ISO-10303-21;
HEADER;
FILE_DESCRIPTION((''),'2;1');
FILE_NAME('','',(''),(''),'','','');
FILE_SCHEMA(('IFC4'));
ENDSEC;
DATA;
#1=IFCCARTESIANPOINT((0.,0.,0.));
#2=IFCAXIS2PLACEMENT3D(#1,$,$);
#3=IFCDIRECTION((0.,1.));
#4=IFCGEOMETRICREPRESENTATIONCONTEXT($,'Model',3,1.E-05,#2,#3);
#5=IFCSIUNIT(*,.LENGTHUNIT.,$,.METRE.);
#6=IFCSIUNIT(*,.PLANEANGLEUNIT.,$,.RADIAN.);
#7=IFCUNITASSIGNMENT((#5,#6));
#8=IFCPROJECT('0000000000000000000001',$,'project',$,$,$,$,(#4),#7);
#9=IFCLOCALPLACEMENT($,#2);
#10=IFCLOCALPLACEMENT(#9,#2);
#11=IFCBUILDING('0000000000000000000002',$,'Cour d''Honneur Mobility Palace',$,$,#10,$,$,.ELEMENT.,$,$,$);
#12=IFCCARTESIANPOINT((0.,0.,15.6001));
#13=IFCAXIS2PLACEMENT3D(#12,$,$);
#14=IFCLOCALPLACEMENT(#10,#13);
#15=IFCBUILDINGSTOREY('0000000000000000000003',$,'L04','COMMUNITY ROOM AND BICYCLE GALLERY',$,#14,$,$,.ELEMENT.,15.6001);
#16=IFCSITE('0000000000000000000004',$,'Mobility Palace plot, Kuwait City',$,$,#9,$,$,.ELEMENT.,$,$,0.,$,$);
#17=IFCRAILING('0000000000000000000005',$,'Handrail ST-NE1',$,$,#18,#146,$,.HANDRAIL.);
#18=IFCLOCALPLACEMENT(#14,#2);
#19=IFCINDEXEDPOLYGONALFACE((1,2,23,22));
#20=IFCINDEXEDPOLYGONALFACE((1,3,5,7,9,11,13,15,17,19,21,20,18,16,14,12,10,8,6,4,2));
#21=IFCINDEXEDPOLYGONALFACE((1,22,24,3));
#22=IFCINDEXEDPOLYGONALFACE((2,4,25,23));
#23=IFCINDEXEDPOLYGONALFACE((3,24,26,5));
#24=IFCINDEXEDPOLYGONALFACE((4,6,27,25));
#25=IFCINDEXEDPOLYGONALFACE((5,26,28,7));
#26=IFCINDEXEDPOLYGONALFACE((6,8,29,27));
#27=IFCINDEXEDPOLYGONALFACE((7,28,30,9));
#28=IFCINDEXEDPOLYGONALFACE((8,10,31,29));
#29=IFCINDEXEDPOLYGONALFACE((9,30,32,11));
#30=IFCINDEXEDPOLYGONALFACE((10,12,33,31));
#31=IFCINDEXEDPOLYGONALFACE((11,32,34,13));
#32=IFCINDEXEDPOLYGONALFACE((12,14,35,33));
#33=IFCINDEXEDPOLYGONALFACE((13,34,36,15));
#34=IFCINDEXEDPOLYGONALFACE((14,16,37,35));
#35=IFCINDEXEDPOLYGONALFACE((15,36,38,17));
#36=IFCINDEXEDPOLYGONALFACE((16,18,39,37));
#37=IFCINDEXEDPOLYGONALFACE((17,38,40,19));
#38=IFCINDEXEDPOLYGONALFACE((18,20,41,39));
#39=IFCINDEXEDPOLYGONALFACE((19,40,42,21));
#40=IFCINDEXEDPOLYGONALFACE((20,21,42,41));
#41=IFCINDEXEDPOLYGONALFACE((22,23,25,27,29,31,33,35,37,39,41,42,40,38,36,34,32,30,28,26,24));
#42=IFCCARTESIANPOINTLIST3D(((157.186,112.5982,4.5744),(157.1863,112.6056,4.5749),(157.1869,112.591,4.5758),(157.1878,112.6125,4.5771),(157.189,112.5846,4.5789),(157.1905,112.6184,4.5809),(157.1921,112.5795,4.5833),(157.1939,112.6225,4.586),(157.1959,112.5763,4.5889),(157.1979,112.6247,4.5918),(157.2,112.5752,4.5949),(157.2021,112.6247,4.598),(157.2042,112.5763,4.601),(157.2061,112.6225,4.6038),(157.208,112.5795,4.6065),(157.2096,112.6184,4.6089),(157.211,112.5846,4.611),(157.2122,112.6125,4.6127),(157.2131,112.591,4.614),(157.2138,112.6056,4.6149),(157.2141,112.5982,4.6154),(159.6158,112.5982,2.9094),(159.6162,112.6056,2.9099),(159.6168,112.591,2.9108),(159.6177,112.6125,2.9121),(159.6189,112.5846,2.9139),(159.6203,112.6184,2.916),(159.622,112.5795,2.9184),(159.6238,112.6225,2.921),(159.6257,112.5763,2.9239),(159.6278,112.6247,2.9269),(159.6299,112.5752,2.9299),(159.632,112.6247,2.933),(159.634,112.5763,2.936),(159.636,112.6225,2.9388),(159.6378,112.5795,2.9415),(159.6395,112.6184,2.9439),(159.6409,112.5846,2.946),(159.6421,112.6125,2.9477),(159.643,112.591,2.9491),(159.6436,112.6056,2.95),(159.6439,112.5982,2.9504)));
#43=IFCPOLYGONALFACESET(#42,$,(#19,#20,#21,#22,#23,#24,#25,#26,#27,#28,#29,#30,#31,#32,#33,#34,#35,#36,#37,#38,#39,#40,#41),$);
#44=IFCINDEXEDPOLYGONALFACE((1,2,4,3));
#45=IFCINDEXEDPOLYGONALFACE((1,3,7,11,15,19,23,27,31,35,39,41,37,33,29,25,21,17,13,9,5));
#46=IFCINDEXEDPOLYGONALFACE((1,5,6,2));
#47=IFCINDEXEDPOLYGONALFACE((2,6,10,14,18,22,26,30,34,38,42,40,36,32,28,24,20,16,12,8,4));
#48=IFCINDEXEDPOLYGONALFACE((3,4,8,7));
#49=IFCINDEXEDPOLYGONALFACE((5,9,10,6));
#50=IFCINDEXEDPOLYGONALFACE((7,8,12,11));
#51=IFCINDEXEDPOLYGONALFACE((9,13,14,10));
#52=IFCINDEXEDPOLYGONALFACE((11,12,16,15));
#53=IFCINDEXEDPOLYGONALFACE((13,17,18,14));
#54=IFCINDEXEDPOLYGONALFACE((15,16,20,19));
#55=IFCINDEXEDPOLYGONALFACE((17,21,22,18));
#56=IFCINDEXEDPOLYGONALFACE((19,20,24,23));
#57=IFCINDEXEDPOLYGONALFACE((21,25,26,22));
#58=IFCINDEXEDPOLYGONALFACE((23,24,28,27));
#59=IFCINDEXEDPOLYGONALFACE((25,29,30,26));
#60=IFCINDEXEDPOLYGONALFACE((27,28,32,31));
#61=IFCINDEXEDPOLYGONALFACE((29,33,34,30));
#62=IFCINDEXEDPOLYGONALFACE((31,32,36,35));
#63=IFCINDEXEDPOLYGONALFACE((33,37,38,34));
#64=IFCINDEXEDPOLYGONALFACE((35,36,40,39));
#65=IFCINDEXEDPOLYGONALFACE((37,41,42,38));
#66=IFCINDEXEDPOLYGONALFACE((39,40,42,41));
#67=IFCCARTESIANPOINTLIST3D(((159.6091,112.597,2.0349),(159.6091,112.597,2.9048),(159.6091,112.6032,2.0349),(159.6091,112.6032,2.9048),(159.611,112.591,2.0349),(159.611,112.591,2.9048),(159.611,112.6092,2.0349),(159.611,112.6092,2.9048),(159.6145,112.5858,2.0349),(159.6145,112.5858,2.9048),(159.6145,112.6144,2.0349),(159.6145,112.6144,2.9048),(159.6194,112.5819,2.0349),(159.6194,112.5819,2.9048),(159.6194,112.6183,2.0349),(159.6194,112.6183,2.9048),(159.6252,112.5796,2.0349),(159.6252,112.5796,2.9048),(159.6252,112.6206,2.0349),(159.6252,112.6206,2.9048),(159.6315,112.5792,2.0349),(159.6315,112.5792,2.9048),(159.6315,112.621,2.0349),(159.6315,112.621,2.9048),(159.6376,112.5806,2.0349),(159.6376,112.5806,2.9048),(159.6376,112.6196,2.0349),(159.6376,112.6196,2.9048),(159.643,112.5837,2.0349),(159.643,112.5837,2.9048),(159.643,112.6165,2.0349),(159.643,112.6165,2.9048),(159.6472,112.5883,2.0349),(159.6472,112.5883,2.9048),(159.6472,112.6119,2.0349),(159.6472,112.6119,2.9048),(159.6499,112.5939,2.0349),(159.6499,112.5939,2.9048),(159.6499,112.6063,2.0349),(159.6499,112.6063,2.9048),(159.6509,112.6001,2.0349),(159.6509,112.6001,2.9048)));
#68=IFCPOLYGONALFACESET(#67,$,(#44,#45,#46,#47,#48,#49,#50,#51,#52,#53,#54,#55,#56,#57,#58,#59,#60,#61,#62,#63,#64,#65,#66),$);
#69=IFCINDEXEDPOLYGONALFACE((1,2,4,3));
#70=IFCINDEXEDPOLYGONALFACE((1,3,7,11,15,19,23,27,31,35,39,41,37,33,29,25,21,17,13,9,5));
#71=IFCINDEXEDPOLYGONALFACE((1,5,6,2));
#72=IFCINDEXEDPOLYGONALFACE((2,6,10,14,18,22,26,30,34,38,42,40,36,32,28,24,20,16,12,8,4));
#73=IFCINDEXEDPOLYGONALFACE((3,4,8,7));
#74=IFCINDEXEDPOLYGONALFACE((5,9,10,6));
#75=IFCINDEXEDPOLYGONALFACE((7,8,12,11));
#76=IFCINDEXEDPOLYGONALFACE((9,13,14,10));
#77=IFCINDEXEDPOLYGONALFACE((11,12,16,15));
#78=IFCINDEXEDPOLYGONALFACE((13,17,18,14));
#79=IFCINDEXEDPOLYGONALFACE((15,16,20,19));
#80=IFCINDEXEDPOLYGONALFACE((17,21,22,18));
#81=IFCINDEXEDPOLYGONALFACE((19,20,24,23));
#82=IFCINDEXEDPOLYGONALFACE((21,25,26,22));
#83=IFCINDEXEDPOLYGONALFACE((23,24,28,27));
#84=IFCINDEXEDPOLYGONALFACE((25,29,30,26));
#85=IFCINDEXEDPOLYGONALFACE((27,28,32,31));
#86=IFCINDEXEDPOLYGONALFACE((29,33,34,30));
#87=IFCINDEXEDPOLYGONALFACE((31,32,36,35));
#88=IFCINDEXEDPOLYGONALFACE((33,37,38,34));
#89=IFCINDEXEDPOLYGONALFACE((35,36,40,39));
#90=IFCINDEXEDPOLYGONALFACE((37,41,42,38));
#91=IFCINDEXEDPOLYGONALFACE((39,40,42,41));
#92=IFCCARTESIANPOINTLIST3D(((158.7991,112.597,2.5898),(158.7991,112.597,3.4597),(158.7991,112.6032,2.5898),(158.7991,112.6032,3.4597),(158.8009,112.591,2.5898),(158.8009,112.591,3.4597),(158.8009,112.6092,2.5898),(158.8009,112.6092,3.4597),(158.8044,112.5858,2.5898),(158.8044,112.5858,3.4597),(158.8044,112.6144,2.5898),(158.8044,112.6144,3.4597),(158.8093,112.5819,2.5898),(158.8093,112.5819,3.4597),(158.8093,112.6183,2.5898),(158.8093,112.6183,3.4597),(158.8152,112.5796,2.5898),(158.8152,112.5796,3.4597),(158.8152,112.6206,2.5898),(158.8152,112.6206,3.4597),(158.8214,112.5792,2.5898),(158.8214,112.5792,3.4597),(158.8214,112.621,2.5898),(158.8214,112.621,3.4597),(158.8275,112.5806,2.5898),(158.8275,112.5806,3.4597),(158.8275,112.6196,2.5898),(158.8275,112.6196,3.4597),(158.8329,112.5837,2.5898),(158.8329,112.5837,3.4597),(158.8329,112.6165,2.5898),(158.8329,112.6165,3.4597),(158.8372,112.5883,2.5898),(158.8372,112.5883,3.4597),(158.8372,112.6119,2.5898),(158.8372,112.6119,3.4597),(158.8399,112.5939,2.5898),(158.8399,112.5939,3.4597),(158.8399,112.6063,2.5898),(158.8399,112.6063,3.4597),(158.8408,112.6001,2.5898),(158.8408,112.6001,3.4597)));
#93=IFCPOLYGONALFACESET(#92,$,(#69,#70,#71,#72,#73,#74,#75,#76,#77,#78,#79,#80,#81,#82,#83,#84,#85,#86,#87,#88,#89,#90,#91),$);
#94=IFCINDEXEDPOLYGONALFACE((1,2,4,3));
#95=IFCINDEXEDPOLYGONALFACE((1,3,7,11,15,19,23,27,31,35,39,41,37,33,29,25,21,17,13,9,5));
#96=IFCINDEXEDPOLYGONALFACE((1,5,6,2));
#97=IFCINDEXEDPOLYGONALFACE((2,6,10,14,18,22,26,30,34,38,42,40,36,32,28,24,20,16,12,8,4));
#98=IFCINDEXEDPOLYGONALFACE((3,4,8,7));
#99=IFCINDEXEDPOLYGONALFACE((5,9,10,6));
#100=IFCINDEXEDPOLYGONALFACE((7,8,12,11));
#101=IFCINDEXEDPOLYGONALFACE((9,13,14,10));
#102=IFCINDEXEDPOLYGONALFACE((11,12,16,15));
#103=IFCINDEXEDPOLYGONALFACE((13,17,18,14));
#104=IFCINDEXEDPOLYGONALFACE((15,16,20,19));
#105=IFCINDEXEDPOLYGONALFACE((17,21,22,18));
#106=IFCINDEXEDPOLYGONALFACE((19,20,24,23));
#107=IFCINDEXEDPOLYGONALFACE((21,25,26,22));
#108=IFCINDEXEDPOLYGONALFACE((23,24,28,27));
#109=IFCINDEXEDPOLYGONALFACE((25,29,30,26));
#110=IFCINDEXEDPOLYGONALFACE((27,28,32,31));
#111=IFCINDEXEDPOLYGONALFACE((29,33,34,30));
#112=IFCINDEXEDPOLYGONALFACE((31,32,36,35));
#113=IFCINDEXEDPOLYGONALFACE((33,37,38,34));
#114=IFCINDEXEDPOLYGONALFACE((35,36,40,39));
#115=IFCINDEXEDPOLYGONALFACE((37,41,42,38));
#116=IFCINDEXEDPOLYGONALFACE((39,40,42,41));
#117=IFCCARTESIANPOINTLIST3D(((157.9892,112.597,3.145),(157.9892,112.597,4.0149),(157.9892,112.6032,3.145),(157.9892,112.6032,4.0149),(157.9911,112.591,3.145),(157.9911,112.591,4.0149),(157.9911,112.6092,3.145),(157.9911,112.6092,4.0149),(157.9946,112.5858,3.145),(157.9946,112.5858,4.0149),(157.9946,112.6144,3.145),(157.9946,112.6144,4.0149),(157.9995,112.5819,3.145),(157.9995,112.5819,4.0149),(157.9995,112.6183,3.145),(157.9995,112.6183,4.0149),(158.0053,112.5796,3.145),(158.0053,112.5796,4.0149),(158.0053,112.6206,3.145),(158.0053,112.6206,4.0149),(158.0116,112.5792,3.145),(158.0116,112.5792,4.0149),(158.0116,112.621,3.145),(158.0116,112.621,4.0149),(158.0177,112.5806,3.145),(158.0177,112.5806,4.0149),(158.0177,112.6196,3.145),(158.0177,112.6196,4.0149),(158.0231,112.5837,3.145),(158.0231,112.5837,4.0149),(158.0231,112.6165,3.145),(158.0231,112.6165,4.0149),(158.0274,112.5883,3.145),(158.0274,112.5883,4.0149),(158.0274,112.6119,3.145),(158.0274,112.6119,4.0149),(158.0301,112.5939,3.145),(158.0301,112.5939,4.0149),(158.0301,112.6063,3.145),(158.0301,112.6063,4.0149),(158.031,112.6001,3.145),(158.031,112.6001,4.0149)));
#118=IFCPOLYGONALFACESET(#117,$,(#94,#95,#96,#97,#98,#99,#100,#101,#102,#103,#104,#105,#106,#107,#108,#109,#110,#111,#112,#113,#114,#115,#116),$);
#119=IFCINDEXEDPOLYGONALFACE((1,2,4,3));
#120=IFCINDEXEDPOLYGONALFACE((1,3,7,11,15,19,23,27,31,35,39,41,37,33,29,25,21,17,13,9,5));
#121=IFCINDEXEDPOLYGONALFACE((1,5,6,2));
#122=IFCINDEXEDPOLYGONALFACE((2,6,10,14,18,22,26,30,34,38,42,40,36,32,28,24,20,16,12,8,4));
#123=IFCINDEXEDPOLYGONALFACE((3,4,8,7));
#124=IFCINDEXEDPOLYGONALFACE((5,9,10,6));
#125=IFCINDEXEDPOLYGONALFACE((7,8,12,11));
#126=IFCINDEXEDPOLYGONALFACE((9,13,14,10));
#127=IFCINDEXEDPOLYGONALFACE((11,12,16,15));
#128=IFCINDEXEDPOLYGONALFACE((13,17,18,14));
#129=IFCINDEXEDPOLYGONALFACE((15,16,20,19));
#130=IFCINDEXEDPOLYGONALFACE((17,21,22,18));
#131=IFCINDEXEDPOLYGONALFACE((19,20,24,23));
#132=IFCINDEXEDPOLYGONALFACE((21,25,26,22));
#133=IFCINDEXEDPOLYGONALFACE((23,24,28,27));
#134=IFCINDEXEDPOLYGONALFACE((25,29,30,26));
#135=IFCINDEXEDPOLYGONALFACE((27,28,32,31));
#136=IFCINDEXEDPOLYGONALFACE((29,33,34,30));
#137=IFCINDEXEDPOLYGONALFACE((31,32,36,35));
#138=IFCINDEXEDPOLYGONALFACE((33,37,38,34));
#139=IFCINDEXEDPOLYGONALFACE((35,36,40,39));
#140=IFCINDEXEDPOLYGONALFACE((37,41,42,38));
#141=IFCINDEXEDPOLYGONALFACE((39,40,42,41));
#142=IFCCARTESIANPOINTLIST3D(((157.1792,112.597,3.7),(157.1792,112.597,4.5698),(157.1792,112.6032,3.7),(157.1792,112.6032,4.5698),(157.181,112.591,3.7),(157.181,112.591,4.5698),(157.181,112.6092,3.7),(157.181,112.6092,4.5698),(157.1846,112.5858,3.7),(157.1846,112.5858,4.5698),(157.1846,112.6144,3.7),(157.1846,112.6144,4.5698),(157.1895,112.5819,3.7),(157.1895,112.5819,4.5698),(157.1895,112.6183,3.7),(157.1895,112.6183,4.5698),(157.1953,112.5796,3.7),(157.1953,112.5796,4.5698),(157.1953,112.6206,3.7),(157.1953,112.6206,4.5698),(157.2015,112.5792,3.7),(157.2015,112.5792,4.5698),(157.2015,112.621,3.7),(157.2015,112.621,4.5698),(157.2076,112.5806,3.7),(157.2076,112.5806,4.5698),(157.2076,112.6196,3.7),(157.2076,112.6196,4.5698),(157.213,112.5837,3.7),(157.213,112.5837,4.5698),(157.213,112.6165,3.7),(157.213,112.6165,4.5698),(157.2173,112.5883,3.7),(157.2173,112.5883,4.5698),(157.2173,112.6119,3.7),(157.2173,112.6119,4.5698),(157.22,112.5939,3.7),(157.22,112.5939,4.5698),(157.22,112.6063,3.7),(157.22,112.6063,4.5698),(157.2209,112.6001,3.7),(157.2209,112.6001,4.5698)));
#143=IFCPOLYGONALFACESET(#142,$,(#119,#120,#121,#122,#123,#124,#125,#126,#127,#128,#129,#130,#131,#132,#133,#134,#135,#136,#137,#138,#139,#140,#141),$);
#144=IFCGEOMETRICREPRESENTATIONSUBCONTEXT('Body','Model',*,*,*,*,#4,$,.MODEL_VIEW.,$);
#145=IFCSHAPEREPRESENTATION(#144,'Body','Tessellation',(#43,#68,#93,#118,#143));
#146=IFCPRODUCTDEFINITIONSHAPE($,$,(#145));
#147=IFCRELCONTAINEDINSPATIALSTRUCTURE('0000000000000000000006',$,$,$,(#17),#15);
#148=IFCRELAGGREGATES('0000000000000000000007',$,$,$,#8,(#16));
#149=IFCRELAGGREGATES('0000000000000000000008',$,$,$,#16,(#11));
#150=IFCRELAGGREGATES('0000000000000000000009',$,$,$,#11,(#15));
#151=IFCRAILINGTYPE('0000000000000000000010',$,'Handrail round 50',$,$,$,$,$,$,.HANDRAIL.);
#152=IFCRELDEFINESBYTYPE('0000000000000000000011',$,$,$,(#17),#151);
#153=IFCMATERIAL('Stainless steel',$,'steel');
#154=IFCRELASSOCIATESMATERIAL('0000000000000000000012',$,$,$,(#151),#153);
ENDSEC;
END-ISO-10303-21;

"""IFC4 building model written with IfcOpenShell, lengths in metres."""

from ifc_helpers import new_model, si_unit, direction, frame, origin, origin_2d, place, context, subcontext, project, spatial, circle, extrude, material, type_object, element, save


model = new_model("IFC4")

# Units and contexts
model_context = context("Model", 3, precision=1e-05, world=origin(), true_north=direction((0.0, 1.0)))
body_context = subcontext(model_context, "Body", "Model", "MODEL_VIEW")
ifc_project = project(units=[si_unit("LENGTHUNIT", "METRE"), si_unit("PLANEANGLEUNIT", "RADIAN")], contexts=[model_context])

# Site, building, storey
site_placement = place(None, origin())
site = spatial("IfcSite", under=ifc_project, at=site_placement, Name="Mobility Palace plot, Kuwait City", CompositionType="ELEMENT", RefElevation=0.0)
building_placement = place(site_placement, origin())
building = spatial("IfcBuilding", under=site, at=building_placement, Name="Cour d'Honneur Mobility Palace", CompositionType="ELEMENT")
storey_placement = place(building_placement, frame((0.0, 0.0, 15.6001)))
storey = spatial("IfcBuildingStorey", under=building, at=storey_placement, Name="L04", Description="COMMUNITY ROOM AND BICYCLE GALLERY", CompositionType="ELEMENT", Elevation=15.6001)

# Railing
ifc_material_1 = material(Name="Stainless steel", Category="steel")
railing_type_1 = type_object("IfcRailingType", Name="Handrail round 50", PredefinedType="HANDRAIL", material=ifc_material_1)
railing_1_placement = place(storey_placement, frame((159.6299, 112.6001, 2.0349)))
element("IfcRailing", 1, at=railing_1_placement, inside=storey, type_object=railing_type_1, Name="Handrail ST-NE1", PredefinedType="HANDRAIL", context=body_context, shape_type="SweptSolid", body=[
    extrude(circle(Radius=0.0249, at=origin_2d()), frame((0.0, 0.0, 0.895), z_axis=(-0.824919, 0.0, 0.565251), x_axis=(0.0, -1.0, 0.0)), (0.0, 0.0, 1.0), 2.9456),
    extrude(circle(Radius=0.021, at=origin_2d()), origin(), (0.0, 0.0, 1.0), 0.8699),
    extrude(circle(Radius=0.021, at=origin_2d()), frame((-0.8101, 0.0, 0.5549)), (0.0, 0.0, 1.0), 0.8699),
    extrude(circle(Radius=0.021, at=origin_2d()), frame((-1.6199, 0.0, 1.1101)), (0.0, 0.0, 1.0), 0.8699),
    extrude(circle(Radius=0.021, at=origin_2d()), frame((-2.4299, 0.0, 1.665)), (0.0, 0.0, 1.0), 0.8699),
])

save(model, "model.ifc")
